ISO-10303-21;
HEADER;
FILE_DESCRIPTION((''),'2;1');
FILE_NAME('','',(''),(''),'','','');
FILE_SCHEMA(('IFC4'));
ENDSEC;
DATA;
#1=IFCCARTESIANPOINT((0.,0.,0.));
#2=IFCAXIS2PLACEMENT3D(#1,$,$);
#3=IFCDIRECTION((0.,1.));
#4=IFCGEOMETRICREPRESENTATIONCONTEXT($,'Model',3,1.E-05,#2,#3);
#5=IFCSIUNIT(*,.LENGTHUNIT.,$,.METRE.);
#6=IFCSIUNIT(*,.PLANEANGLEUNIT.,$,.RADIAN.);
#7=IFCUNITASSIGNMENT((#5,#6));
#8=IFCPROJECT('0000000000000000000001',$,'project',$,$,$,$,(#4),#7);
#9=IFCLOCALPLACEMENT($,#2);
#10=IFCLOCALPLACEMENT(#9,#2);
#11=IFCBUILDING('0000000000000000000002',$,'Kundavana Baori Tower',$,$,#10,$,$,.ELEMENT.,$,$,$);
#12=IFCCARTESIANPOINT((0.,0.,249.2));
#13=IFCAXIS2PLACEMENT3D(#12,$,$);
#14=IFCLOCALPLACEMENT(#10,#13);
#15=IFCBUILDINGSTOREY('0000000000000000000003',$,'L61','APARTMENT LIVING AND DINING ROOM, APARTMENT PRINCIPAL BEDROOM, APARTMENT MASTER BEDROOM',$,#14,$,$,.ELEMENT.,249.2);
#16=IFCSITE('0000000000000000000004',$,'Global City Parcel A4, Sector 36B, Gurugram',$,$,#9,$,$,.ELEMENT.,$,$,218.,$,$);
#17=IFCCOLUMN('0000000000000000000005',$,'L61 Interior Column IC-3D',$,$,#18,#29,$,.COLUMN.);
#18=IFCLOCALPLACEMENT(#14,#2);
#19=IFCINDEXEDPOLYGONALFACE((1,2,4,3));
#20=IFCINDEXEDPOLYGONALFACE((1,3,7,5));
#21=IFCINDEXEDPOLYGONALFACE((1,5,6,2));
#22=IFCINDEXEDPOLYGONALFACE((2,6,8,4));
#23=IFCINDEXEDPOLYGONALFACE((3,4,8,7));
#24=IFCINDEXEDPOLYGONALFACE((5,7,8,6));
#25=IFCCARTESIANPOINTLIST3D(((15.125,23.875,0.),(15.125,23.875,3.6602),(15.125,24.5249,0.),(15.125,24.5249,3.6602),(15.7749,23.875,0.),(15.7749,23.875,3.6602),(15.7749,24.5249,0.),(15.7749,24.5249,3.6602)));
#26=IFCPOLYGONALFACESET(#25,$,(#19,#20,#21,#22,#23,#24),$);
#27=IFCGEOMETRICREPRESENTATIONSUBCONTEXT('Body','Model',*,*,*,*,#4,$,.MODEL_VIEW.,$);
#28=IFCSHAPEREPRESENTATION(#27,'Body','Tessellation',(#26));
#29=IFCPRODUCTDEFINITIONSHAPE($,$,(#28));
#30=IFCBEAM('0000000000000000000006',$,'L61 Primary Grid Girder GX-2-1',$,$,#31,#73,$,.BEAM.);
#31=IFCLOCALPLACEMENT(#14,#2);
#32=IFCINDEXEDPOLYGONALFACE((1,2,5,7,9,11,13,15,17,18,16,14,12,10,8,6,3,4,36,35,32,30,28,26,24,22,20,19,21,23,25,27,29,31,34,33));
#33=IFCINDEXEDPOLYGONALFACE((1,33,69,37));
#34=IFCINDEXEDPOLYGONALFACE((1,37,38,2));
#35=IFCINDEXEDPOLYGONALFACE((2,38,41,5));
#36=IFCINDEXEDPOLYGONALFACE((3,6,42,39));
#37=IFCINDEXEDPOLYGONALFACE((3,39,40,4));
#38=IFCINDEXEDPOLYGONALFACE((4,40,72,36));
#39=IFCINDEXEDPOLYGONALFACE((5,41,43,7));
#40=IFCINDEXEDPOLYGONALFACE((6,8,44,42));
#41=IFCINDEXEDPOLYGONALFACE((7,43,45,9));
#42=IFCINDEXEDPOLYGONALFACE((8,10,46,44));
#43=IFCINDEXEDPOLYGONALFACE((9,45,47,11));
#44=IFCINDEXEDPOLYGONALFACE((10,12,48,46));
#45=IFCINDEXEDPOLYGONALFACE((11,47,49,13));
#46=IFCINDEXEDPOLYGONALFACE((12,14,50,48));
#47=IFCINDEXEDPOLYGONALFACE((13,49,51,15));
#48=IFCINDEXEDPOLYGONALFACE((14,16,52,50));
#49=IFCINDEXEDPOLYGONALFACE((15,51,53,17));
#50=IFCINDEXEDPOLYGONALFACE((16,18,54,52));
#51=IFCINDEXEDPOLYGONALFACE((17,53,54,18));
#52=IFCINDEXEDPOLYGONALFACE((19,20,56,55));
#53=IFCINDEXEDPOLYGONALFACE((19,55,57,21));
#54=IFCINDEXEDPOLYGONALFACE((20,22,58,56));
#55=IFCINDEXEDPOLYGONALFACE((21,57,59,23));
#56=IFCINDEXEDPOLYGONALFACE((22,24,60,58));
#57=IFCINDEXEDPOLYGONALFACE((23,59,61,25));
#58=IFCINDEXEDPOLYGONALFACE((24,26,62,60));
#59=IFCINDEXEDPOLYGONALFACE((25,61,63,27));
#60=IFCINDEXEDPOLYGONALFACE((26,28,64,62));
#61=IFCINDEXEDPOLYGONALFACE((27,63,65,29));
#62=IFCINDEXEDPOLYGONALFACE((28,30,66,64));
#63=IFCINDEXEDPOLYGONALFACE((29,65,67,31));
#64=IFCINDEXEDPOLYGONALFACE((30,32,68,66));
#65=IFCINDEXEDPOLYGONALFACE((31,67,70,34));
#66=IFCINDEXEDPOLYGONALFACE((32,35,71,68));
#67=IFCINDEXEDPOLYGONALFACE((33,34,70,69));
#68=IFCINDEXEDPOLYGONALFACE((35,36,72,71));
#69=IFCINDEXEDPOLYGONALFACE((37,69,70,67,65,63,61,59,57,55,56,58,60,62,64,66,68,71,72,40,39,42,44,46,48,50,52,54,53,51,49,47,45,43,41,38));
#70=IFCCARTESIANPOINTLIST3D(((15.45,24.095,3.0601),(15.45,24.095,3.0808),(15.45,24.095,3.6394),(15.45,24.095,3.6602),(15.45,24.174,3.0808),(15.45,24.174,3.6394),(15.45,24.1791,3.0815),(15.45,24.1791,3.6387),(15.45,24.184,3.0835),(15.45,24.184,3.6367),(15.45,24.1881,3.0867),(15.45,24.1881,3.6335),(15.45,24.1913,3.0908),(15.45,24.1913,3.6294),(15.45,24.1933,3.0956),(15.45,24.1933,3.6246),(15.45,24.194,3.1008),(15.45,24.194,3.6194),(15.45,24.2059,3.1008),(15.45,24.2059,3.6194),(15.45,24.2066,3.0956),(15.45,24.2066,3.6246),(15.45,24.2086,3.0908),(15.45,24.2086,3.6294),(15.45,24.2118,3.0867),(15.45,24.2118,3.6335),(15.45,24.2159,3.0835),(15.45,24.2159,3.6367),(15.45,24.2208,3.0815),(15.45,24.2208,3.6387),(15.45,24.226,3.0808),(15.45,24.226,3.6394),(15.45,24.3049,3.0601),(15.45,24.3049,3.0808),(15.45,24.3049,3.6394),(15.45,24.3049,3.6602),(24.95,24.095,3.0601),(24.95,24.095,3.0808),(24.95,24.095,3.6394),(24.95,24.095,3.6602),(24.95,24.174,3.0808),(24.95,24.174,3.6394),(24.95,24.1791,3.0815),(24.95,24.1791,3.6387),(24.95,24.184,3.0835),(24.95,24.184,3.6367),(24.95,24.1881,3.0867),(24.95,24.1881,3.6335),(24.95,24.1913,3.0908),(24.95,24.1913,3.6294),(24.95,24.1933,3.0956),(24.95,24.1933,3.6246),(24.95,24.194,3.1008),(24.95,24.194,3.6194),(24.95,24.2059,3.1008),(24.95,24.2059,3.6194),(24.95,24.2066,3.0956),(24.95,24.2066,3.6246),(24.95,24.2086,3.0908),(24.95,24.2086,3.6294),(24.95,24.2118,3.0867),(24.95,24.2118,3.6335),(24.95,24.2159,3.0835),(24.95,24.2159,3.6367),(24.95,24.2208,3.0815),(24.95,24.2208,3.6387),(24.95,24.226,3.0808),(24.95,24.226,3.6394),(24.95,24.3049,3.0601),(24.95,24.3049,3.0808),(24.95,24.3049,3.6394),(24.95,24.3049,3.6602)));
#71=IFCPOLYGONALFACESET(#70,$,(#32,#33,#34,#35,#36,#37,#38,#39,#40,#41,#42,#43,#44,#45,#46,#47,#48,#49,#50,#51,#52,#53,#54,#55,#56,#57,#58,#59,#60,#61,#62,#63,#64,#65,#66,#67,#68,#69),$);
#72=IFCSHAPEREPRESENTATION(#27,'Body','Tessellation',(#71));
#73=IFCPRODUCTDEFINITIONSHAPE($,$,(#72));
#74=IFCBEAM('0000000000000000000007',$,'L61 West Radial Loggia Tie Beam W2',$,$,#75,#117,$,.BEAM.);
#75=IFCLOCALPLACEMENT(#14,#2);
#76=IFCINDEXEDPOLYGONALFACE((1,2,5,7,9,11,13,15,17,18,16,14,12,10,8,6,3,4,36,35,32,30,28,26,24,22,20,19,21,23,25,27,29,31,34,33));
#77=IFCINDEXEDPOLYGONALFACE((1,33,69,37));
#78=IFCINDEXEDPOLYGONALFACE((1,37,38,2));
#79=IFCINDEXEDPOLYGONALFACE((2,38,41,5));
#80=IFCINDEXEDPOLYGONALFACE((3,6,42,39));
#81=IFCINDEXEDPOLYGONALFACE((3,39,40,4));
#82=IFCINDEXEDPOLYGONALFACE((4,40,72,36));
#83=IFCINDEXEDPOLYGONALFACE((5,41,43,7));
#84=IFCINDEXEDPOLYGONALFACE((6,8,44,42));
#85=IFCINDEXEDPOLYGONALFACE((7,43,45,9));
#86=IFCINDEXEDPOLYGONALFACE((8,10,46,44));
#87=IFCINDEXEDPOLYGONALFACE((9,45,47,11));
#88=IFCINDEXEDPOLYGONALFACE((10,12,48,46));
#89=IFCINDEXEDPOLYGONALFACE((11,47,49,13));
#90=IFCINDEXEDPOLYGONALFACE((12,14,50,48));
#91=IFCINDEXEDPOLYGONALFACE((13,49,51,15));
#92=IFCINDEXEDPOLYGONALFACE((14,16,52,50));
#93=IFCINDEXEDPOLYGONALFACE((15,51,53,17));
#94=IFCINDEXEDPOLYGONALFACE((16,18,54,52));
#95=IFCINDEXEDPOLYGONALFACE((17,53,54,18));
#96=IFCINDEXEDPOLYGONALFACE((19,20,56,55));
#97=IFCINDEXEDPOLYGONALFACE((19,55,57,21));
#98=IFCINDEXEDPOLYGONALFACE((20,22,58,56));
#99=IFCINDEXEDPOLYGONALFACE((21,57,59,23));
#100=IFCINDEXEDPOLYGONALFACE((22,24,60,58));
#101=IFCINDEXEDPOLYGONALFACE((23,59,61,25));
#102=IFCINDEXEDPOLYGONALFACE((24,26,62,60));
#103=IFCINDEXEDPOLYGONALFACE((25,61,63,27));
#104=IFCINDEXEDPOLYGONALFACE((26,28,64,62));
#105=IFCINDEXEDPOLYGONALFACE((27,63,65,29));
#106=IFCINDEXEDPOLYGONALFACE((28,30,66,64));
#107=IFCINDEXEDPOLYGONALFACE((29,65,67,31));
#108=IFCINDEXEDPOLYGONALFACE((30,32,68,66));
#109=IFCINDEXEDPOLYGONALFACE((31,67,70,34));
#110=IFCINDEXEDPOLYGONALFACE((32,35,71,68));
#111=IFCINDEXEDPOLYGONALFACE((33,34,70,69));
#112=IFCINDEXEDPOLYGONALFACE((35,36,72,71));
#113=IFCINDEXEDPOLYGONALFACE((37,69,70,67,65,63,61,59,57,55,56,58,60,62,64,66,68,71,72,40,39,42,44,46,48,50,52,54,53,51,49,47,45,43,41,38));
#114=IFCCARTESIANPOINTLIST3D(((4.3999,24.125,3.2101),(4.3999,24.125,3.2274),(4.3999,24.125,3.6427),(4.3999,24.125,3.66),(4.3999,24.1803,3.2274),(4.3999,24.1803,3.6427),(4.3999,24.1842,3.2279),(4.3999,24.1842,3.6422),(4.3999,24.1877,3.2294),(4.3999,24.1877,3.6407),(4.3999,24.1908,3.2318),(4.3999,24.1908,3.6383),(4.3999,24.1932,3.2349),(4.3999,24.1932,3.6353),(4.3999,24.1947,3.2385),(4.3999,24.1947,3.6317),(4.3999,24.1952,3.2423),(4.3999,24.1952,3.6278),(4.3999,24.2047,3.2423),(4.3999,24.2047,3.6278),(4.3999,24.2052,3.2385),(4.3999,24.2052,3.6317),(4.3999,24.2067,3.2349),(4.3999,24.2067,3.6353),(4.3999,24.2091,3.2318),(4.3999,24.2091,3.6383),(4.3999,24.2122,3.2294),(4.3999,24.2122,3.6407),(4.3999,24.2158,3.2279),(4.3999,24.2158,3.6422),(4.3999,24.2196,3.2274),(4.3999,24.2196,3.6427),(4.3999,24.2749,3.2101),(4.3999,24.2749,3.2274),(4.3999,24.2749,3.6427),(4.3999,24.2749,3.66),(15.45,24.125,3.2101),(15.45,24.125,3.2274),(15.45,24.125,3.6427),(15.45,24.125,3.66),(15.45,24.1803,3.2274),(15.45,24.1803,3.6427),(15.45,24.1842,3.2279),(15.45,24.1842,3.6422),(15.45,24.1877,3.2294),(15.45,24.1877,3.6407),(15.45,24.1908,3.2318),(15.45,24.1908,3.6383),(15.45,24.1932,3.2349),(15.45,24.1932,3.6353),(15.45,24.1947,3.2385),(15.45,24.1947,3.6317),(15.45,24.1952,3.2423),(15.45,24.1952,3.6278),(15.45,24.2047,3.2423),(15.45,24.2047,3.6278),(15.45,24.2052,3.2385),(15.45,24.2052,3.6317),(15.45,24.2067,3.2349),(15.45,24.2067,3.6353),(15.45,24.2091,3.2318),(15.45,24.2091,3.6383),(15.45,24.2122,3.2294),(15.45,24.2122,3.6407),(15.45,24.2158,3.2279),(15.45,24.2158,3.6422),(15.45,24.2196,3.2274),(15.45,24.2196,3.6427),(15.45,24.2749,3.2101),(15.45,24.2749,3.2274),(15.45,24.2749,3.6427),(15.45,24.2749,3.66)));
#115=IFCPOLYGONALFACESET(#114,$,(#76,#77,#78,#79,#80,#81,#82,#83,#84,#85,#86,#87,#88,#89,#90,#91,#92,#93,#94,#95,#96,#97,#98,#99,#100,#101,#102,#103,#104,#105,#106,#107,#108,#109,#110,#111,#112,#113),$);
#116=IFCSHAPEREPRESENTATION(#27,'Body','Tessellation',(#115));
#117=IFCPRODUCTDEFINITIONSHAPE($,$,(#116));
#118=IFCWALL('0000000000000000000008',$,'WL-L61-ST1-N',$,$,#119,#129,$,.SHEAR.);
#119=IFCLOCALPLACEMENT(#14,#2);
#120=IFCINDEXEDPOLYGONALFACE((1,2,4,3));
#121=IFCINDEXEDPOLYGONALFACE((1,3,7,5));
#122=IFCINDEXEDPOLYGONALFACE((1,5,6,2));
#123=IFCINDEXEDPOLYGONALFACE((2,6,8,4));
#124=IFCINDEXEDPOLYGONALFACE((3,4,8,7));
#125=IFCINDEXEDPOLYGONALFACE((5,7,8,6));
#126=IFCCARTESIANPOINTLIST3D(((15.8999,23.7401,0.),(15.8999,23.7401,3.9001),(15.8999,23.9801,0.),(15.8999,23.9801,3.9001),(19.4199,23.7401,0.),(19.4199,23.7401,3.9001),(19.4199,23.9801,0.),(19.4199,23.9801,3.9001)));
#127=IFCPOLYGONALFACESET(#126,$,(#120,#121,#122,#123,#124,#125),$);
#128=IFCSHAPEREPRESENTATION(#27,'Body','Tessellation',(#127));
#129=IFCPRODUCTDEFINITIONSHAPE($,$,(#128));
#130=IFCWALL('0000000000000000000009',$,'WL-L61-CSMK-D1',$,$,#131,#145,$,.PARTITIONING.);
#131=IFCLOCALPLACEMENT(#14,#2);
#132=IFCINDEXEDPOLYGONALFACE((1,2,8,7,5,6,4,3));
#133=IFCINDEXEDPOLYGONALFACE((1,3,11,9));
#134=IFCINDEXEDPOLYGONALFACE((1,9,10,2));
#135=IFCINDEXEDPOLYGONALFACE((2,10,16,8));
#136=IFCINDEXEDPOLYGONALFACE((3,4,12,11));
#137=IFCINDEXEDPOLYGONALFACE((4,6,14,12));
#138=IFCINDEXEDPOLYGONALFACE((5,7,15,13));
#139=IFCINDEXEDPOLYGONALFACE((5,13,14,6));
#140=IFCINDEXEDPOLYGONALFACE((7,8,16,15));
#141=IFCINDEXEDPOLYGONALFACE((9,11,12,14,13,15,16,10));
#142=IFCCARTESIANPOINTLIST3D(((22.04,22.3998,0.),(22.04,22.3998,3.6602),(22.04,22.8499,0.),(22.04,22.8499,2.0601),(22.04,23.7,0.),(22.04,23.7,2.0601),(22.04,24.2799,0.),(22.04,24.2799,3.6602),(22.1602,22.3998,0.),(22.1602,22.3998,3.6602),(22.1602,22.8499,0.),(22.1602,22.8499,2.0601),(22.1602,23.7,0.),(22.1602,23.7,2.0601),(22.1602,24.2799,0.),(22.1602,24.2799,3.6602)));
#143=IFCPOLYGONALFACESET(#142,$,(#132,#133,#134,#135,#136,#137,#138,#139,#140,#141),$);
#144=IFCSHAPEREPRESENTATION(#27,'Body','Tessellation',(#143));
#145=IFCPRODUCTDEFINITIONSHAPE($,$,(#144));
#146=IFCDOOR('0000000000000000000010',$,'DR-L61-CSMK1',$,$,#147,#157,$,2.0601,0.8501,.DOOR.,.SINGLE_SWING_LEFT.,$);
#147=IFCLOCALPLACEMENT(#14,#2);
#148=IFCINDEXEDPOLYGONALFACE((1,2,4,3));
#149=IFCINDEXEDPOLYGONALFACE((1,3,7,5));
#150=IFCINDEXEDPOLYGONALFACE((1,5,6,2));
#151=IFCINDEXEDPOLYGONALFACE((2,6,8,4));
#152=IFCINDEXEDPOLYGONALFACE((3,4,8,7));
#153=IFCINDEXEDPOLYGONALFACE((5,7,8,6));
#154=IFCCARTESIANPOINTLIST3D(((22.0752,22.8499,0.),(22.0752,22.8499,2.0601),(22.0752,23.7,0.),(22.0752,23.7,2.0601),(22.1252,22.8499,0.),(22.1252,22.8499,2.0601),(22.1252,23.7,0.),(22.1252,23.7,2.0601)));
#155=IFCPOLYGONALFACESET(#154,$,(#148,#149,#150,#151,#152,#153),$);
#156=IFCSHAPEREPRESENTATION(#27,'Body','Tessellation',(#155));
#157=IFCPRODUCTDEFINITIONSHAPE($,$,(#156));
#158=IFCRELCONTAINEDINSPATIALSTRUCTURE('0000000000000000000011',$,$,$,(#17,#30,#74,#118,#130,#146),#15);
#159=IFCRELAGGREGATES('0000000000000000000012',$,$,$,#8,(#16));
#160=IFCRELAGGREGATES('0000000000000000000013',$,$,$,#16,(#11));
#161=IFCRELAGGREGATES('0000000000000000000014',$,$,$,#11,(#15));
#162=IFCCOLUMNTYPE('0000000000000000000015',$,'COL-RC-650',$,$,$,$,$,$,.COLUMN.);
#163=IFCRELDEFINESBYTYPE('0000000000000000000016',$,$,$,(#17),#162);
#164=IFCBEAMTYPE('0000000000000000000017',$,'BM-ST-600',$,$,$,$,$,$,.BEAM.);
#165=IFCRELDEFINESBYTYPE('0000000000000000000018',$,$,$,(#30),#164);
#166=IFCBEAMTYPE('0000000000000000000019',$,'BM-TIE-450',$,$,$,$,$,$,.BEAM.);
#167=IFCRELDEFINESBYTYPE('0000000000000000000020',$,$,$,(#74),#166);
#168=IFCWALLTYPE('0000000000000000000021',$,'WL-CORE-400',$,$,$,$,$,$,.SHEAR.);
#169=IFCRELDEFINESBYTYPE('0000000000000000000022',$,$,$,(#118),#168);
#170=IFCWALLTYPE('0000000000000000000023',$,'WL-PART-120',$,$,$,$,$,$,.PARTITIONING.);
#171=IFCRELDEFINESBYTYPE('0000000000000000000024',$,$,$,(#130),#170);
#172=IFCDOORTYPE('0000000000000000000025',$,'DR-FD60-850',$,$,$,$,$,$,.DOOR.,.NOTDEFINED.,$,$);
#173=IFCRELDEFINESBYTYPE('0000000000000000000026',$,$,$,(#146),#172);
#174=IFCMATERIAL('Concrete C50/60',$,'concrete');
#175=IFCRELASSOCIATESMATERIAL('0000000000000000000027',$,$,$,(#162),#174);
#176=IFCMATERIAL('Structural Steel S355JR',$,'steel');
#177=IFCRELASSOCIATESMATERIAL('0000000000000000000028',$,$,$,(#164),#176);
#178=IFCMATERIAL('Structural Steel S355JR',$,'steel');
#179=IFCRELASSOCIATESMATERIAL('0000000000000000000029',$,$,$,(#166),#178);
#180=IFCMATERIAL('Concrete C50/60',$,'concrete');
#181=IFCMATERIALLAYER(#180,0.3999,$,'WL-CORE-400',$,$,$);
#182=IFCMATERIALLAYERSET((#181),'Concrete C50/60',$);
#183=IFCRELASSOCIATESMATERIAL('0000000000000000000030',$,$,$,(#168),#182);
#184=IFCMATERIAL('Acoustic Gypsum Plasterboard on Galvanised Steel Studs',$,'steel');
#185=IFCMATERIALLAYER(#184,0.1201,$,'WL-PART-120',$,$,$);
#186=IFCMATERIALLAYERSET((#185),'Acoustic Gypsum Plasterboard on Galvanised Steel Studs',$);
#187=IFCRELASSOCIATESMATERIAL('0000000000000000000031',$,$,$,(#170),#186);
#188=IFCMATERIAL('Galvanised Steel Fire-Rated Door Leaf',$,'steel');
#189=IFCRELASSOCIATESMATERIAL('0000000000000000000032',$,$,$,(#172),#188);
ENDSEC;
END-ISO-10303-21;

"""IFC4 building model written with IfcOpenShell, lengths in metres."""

from ifc_helpers import new_model, si_unit, direction, frame, frame_2d, origin, origin_2d, place, context, subcontext, project, spatial, rectangle, i_section, extrude, material, layer, layer_set, material_profile, profile_set, type_object, element, fill, save


model = new_model("IFC4")

# Units and contexts
model_context = context("Model", 3, precision=1e-05, world=origin(), true_north=direction((0.0, 1.0)))
body_context = subcontext(model_context, "Body", "Model", "MODEL_VIEW")
ifc_project = project(units=[si_unit("LENGTHUNIT", "METRE"), si_unit("PLANEANGLEUNIT", "RADIAN")], contexts=[model_context])

# Site, building, storey
site_placement = place(None, origin())
site = spatial("IfcSite", under=ifc_project, at=site_placement, Name="Global City Parcel A4, Sector 36B, Gurugram", CompositionType="ELEMENT", RefElevation=218.0)
building_placement = place(site_placement, origin())
building = spatial("IfcBuilding", under=site, at=building_placement, Name="Kundavana Baori Tower", CompositionType="ELEMENT")
storey_placement = place(building_placement, frame((0.0, 0.0, 249.2)))
storey = spatial("IfcBuildingStorey", under=building, at=storey_placement, Name="L61", Description="APARTMENT LIVING AND DINING ROOM, APARTMENT PRINCIPAL BEDROOM, APARTMENT MASTER BEDROOM", CompositionType="ELEMENT", Elevation=249.2)

# Column
ifc_material_1 = material(Name="Concrete C50/60", Category="concrete")
ifc_material_profile_1 = material_profile(ifc_material_1, rectangle(XDim=0.6499, YDim=0.6499, at=origin_2d()), Name="RC 650x650")
ifc_profile_set_1 = profile_set([ifc_material_profile_1], Name="Concrete C50/60")
column_type = type_object("IfcColumnType", Name="COL-RC-650", PredefinedType="COLUMN", material=ifc_profile_set_1)
column_placement = place(storey_placement, frame((15.45, 24.2, 0.0), z_axis=(0.0, 0.0, 1.0), x_axis=(1.0, 0.0, 0.0)))
element("IfcColumn", 1, at=column_placement, inside=storey, type_object=column_type, Name="L61 Interior Column IC-3D", PredefinedType="COLUMN", context=body_context, shape_type="SweptSolid", body=[
    extrude(rectangle(XDim=0.6499, YDim=0.6499, at=origin_2d()), origin(), (0.0, 0.0, 1.0), 3.6602),
])

# Beams
ifc_material_2 = material(Name="Structural Steel S355JR", Category="steel")
ifc_material_profile_2 = material_profile(ifc_material_2, i_section(OverallWidth=0.21, OverallDepth=0.6001, WebThickness=0.012, FlangeThickness=0.0208, FilletRadius=0.02, at=origin_2d()), Name="ISMB 600")
ifc_profile_set_2 = profile_set([ifc_material_profile_2], Name="Structural Steel S355JR")
beam_type_1 = type_object("IfcBeamType", Name="BM-ST-600", PredefinedType="BEAM", material=ifc_profile_set_2)
beam_1_placement = place(storey_placement, frame((15.45, 24.2, 3.3601), z_axis=(1.0, 0.0, 0.0), x_axis=(0.0, 1.0, 0.0)))
element("IfcBeam", 2, at=beam_1_placement, inside=storey, type_object=beam_type_1, Name="L61 Primary Grid Girder GX-2-1", PredefinedType="BEAM", context=body_context, shape_type="SweptSolid", body=[
    extrude(i_section(OverallWidth=0.21, OverallDepth=0.6001, WebThickness=0.012, FlangeThickness=0.0208, FilletRadius=0.02, at=origin_2d()), origin(), (0.0, 0.0, 1.0), 9.5),
])
ifc_material_3 = material(Name="Structural Steel S355JR", Category="steel")
ifc_material_profile_3 = material_profile(ifc_material_3, i_section(OverallWidth=0.1499, OverallDepth=0.45, WebThickness=0.0095, FlangeThickness=0.0173, FilletRadius=0.0149, at=origin_2d()), Name="ISMB 450")
ifc_profile_set_3 = profile_set([ifc_material_profile_3], Name="Structural Steel S355JR")
beam_type_2 = type_object("IfcBeamType", Name="BM-TIE-450", PredefinedType="BEAM", material=ifc_profile_set_3)
beam_2_placement = place(storey_placement, frame((15.45, 24.2, 3.4351), z_axis=(-1.0, 0.0, 0.0), x_axis=(0.0, -1.0, 0.0)))
element("IfcBeam", 3, at=beam_2_placement, inside=storey, type_object=beam_type_2, Name="L61 West Radial Loggia Tie Beam W2", PredefinedType="BEAM", context=body_context, shape_type="SweptSolid", body=[
    extrude(i_section(OverallWidth=0.1499, OverallDepth=0.45, WebThickness=0.0095, FlangeThickness=0.0173, FilletRadius=0.0149, at=origin_2d()), origin(), (0.0, 0.0, 1.0), 11.05),
])

# Wall
ifc_material_4 = material(Name="Concrete C50/60", Category="concrete")
ifc_layer_1 = layer(ifc_material_4, 0.3999, Name="WL-CORE-400")
ifc_layer_set_1 = layer_set([ifc_layer_1], Name="Concrete C50/60")
wall_type_1 = type_object("IfcWallType", Name="WL-CORE-400", PredefinedType="SHEAR", material=ifc_layer_set_1)
wall_1_placement = place(storey_placement, frame((15.8999, 23.8601, 0.0), z_axis=(0.0, 0.0, 1.0), x_axis=(1.0, 0.0, 0.0)))
element("IfcWall", 4, at=wall_1_placement, inside=storey, type_object=wall_type_1, Name="WL-L61-ST1-N", PredefinedType="SHEAR", context=body_context, shape_type="SweptSolid", body=[
    extrude(rectangle(XDim=3.52, YDim=0.24, at=frame_2d((1.76, 0.0))), origin(), (0.0, 0.0, 1.0), 3.9001),
])

# Wall, opening, door
ifc_material_5 = material(Name="Acoustic Gypsum Plasterboard on Galvanised Steel Studs", Category="steel")
ifc_layer_2 = layer(ifc_material_5, 0.1201, Name="WL-PART-120")
ifc_layer_set_2 = layer_set([ifc_layer_2], Name="Acoustic Gypsum Plasterboard on Galvanised Steel Studs")
wall_type_2 = type_object("IfcWallType", Name="WL-PART-120", PredefinedType="PARTITIONING", material=ifc_layer_set_2)
wall_2_placement = place(storey_placement, frame((22.1001, 22.3999, 0.0), z_axis=(0.0, 0.0, 1.0), x_axis=(0.0, 1.0, 0.0)))
wall_2 = element("IfcWall", 5, at=wall_2_placement, inside=storey, type_object=wall_type_2, Name="WL-L61-CSMK-D1", PredefinedType="PARTITIONING", context=body_context, shape_type="SweptSolid", body=[
    extrude(rectangle(XDim=1.8801, YDim=0.1201, at=frame_2d((0.9399, 0.0))), origin(), (0.0, 0.0, 1.0), 3.6602),
])
opening_1_placement = place(wall_2_placement, frame((0.45, 0.0, 0.0)))
opening_1 = element("IfcOpeningElement", 6, at=opening_1_placement, cuts=wall_2, PredefinedType="OPENING", context=body_context, shape_type="SweptSolid", body=[
    extrude(rectangle(XDim=0.8501, YDim=2.0601, at=frame_2d((0.425, 1.03))), frame((0.0, 0.0701, 0.0), z_axis=(0.0, -1.0, 0.0), x_axis=(1.0, 0.0, 0.0)), (0.0, 0.0, 1.0), 0.1401),
])
ifc_material_6 = material(Name="Galvanised Steel Fire-Rated Door Leaf", Category="steel")
door_type_1 = type_object("IfcDoorType", Name="DR-FD60-850", OperationType="NOTDEFINED", PredefinedType="DOOR", material=ifc_material_6)
door_1_placement = place(opening_1_placement, origin())
door_1 = element("IfcDoor", 7, at=door_1_placement, inside=storey, type_object=door_type_1, Name="DR-L61-CSMK1", OperationType="SINGLE_SWING_LEFT", OverallHeight=2.0601, OverallWidth=0.8501, PredefinedType="DOOR", context=body_context, shape_type="SweptSolid", body=[
    extrude(rectangle(XDim=0.8501, YDim=2.0601, at=frame_2d((0.425, 1.03))), frame((0.0, 0.0249, 0.0), z_axis=(0.0, -1.0, 0.0), x_axis=(1.0, 0.0, 0.0)), (0.0, 0.0, 1.0), 0.05),
])
fill(opening_1, door_1)

save(model, "model.ifc")
